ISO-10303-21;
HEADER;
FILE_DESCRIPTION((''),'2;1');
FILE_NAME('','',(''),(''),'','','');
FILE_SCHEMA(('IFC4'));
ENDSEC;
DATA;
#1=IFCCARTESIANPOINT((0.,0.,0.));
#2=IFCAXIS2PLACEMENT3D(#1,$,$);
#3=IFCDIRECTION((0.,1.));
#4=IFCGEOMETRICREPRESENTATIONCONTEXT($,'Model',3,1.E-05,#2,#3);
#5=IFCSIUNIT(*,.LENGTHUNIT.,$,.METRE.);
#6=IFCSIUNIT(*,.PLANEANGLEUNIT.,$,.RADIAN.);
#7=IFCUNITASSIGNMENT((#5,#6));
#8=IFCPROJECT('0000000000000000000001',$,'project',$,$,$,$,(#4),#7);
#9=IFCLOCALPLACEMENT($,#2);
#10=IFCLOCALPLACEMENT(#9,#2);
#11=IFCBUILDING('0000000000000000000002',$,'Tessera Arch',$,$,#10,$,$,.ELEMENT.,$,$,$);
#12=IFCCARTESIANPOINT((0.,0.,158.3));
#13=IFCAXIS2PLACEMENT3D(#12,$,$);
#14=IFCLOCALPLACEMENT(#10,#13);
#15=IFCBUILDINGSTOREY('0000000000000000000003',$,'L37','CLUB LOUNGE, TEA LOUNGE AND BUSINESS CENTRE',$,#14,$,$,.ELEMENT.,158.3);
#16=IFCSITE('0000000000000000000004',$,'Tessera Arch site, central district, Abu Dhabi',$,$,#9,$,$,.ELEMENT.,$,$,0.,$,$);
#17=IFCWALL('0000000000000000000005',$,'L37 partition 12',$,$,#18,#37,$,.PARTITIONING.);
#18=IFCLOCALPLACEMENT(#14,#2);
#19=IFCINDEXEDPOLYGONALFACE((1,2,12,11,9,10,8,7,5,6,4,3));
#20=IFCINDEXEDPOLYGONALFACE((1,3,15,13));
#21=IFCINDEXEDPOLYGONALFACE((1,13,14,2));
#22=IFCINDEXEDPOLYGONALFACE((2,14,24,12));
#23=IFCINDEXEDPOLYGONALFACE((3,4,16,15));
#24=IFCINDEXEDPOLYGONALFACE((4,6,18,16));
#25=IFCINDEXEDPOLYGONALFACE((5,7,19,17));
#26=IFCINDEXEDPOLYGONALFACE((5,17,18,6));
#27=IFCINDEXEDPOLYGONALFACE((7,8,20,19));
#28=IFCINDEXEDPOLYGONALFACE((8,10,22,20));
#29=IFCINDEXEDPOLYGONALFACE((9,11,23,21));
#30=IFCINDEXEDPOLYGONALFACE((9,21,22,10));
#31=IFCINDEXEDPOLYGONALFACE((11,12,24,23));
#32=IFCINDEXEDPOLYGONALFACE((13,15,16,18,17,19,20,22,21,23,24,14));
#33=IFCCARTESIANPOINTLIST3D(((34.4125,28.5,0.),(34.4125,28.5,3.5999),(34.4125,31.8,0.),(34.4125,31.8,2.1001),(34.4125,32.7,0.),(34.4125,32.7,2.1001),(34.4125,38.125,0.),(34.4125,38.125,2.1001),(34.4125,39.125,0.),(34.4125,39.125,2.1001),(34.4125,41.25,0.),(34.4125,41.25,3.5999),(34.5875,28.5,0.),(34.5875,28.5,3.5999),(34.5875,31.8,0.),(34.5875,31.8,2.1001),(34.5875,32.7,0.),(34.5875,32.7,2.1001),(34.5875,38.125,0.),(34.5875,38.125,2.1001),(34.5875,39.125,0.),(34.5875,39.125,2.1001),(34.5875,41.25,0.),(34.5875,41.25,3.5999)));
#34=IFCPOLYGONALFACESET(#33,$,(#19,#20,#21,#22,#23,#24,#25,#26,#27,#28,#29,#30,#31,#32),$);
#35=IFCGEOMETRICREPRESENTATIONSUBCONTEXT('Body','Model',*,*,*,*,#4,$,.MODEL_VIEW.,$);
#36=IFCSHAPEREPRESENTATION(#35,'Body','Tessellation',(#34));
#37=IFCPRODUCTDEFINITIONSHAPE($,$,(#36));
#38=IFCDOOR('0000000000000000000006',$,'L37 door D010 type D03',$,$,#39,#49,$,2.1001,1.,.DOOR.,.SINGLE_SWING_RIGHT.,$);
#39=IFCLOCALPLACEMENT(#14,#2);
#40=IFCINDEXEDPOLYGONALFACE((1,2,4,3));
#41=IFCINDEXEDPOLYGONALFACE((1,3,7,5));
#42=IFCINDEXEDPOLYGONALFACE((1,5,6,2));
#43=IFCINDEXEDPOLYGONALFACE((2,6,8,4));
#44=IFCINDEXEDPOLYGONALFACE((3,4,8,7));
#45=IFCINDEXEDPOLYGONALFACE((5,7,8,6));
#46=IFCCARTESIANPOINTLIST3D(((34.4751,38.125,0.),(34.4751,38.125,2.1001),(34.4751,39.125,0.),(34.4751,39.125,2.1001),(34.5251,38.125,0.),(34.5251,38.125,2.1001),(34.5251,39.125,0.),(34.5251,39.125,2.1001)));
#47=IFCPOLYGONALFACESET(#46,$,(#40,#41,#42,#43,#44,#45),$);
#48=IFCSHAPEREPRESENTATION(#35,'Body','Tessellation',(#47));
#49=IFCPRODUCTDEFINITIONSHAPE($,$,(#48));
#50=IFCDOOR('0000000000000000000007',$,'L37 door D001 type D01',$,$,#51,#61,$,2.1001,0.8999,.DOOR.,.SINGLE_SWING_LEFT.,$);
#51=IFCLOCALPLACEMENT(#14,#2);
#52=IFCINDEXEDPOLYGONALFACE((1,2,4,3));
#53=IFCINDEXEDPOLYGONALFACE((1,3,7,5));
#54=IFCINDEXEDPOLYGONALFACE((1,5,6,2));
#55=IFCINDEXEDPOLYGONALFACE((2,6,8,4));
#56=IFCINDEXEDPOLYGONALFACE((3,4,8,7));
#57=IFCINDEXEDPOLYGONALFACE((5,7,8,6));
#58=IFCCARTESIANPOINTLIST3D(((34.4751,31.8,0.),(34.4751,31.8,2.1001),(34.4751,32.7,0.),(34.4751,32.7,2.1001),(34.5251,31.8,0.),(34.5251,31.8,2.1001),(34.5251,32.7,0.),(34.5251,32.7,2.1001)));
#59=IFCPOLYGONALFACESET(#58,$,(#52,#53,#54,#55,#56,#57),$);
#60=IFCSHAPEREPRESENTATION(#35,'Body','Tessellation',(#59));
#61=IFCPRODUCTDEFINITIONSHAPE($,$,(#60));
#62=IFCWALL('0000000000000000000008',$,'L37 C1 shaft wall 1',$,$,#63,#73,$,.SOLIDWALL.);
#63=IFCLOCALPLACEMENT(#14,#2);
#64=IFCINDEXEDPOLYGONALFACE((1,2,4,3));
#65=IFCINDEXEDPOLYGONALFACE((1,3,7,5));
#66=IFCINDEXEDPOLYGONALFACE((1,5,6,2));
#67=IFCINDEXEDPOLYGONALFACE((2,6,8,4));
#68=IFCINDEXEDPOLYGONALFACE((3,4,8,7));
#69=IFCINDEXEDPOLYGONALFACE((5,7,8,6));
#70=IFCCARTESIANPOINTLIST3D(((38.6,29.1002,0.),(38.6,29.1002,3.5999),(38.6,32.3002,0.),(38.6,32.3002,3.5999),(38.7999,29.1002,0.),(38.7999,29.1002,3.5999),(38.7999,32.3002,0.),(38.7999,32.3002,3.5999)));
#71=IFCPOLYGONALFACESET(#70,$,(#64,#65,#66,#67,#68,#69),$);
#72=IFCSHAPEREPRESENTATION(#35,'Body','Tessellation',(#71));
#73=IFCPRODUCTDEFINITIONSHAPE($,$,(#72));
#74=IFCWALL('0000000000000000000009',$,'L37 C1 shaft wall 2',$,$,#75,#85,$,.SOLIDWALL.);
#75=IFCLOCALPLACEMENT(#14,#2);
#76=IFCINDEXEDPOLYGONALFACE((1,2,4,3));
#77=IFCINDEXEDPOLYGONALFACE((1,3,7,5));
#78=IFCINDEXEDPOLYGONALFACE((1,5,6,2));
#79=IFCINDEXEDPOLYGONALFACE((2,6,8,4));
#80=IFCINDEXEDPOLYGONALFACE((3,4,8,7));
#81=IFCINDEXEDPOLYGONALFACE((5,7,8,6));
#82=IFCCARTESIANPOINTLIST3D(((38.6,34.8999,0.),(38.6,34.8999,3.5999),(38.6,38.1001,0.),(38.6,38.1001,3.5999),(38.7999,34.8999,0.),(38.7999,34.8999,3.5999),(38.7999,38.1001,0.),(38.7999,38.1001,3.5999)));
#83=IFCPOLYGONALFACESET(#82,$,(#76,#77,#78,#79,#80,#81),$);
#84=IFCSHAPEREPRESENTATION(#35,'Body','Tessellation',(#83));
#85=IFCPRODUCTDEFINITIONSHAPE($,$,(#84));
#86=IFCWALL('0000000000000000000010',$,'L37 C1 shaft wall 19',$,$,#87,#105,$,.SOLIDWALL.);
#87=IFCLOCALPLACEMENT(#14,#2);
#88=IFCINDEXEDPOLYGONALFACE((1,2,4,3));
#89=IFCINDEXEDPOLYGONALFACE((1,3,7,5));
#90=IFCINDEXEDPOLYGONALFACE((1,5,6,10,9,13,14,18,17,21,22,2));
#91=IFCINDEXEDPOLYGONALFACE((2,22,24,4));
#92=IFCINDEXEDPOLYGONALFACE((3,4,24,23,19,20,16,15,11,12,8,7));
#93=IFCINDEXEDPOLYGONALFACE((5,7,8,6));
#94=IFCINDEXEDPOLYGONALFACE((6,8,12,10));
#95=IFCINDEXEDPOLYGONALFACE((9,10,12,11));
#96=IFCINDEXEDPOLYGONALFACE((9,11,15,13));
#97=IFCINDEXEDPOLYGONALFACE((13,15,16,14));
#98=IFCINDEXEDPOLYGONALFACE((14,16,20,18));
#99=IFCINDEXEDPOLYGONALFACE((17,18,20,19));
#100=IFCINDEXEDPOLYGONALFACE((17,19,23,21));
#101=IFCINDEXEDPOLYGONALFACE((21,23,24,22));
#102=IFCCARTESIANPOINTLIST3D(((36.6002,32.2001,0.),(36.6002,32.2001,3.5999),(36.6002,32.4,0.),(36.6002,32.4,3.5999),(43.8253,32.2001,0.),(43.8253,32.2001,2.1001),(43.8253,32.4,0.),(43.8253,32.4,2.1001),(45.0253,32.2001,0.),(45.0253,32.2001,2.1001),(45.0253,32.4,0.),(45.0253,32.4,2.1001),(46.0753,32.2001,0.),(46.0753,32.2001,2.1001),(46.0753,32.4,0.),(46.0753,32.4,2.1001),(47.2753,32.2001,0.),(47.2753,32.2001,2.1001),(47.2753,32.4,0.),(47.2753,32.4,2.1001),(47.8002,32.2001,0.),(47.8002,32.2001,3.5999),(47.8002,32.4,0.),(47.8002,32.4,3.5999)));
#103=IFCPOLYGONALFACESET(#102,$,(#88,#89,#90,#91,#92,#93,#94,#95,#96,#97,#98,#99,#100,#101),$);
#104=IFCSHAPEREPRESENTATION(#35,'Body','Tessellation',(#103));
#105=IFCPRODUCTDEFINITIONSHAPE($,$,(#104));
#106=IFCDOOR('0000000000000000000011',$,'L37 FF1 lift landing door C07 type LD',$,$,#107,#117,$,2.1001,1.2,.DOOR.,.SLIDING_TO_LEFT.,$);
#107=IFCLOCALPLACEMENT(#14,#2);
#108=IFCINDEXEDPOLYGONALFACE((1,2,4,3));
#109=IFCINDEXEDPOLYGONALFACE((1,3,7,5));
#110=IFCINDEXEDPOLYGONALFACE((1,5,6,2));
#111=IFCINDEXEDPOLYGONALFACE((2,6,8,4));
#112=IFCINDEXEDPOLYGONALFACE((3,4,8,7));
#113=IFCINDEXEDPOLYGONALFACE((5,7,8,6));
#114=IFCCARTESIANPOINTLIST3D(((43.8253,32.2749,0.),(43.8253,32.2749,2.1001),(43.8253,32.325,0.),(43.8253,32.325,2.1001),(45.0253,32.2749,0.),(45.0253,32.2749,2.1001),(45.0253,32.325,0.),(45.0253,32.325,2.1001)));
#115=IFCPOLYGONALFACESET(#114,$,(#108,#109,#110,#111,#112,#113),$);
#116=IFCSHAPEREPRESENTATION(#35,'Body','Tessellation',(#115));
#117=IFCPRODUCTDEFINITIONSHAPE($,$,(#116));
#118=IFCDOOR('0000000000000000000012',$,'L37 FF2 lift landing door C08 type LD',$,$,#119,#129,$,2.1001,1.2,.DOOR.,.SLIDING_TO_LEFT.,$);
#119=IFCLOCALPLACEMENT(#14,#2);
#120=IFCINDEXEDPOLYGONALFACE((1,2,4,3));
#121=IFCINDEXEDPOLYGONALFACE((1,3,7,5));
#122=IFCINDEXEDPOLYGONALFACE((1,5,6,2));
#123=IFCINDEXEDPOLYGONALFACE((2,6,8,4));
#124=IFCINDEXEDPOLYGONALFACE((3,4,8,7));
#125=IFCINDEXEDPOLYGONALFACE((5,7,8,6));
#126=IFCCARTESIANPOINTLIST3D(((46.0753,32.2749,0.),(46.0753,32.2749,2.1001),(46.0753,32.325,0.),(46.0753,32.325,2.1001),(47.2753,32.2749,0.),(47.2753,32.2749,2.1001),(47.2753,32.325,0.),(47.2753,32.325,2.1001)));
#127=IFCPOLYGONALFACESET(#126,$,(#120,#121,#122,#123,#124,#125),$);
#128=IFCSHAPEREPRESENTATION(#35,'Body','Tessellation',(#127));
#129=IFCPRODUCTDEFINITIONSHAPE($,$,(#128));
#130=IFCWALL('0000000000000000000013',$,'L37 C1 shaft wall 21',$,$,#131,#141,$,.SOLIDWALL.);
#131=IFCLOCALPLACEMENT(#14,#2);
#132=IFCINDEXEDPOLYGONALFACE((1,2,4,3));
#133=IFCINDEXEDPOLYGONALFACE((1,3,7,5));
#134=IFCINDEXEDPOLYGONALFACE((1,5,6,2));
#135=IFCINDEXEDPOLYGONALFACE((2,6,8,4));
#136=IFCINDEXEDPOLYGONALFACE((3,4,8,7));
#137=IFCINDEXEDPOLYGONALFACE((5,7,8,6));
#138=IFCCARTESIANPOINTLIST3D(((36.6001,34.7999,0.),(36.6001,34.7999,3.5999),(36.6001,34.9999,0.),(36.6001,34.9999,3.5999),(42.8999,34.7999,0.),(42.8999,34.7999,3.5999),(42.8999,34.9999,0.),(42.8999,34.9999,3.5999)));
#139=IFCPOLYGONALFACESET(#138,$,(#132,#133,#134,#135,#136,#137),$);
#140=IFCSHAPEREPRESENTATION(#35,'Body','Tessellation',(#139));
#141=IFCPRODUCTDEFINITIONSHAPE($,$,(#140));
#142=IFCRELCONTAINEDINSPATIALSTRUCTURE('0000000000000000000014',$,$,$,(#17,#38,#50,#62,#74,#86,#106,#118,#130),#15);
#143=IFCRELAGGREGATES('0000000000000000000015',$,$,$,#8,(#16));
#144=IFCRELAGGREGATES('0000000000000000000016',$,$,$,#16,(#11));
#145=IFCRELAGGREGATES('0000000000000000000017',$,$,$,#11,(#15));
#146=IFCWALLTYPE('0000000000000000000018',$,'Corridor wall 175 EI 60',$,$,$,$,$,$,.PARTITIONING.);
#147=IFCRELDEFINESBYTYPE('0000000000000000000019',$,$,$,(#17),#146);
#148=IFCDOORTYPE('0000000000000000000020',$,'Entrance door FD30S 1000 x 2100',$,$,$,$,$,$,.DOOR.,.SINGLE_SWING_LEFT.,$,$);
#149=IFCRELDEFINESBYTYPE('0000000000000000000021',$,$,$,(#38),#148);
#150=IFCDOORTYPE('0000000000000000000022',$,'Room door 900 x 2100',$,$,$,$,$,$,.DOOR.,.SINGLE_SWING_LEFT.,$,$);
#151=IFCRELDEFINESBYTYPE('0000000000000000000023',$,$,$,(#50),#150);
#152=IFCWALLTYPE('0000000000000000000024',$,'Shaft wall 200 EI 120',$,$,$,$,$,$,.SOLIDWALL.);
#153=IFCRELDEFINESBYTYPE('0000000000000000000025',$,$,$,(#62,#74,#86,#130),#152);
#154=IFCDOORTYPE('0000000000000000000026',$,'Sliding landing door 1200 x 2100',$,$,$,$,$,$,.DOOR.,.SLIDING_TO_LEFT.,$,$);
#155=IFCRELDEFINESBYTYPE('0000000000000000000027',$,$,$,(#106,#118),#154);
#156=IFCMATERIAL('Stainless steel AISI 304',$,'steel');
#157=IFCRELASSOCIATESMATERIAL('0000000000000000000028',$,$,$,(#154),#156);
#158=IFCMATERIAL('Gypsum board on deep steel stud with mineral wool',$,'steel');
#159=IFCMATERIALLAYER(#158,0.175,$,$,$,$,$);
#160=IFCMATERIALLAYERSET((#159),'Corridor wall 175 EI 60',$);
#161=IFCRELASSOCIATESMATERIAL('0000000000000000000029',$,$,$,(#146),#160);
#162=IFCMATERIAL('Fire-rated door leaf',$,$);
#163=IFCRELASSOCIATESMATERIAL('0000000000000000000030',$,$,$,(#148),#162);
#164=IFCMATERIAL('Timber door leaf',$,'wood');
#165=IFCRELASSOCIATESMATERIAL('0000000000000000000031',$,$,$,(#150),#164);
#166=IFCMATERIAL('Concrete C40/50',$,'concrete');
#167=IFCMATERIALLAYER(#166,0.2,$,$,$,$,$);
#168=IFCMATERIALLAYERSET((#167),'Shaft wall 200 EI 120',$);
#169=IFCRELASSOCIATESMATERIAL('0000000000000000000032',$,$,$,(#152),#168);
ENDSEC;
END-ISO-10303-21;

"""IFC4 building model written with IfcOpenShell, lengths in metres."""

from ifc_helpers import new_model, si_unit, direction, frame, frame_2d, origin, place, context, subcontext, project, spatial, rectangle, extrude, material, layer, layer_set, type_object, element, fill, save


model = new_model("IFC4")

# Units and contexts
model_context = context("Model", 3, precision=1e-05, world=origin(), true_north=direction((0.0, 1.0)))
body_context = subcontext(model_context, "Body", "Model", "MODEL_VIEW")
ifc_project = project(units=[si_unit("LENGTHUNIT", "METRE"), si_unit("PLANEANGLEUNIT", "RADIAN")], contexts=[model_context])

# Site, building, storey
site_placement = place(None, origin())
site = spatial("IfcSite", under=ifc_project, at=site_placement, Name="Tessera Arch site, central district, Abu Dhabi", CompositionType="ELEMENT", RefElevation=0.0)
building_placement = place(site_placement, origin())
building = spatial("IfcBuilding", under=site, at=building_placement, Name="Tessera Arch", CompositionType="ELEMENT")
storey_placement = place(building_placement, frame((0.0, 0.0, 158.3)))
storey = spatial("IfcBuildingStorey", under=building, at=storey_placement, Name="L37", Description="CLUB LOUNGE, TEA LOUNGE AND BUSINESS CENTRE", CompositionType="ELEMENT", Elevation=158.3)

# Wall, openings, doors
ifc_material_1 = material(Name="Stainless steel AISI 304", Category="steel")
door_type_1 = type_object("IfcDoorType", Name="Sliding landing door 1200 x 2100", OperationType="SLIDING_TO_LEFT", PredefinedType="DOOR", material=ifc_material_1)
ifc_material_2 = material(Name="Gypsum board on deep steel stud with mineral wool", Category="steel")
ifc_layer_1 = layer(ifc_material_2, 0.175)
ifc_layer_set_1 = layer_set([ifc_layer_1], Name="Corridor wall 175 EI 60")
wall_type_1 = type_object("IfcWallType", Name="Corridor wall 175 EI 60", PredefinedType="PARTITIONING", material=ifc_layer_set_1)
wall_1_placement = place(storey_placement, frame((34.5, 28.5, 0.0), z_axis=(0.0, 0.0, 1.0), x_axis=(0.0, 1.0, 0.0)))
wall_1 = element("IfcWall", 1, at=wall_1_placement, inside=storey, type_object=wall_type_1, Name="L37 partition 12", PredefinedType="PARTITIONING", context=body_context, shape_type="SweptSolid", body=[
    extrude(rectangle(XDim=12.75, YDim=0.175, at=frame_2d((6.375, 0.0))), origin(), (0.0, 0.0, 1.0), 3.5999),
])
opening_1_placement = place(wall_1_placement, frame((3.3, 0.0, 0.0)))
opening_1 = element("IfcOpeningElement", 2, at=opening_1_placement, cuts=wall_1, PredefinedType="OPENING", context=body_context, shape_type="SweptSolid", body=[
    extrude(rectangle(XDim=0.8999, YDim=2.1001, at=frame_2d((0.45, 1.05))), frame((0.0, 0.0974, 0.0), z_axis=(0.0, -1.0, 0.0), x_axis=(1.0, 0.0, 0.0)), (0.0, 0.0, 1.0), 0.1951),
])
opening_2_placement = place(wall_1_placement, frame((9.625, 0.0, 0.0)))
opening_2 = element("IfcOpeningElement", 3, at=opening_2_placement, cuts=wall_1, PredefinedType="OPENING", context=body_context, shape_type="SweptSolid", body=[
    extrude(rectangle(XDim=1.0, YDim=2.1001, at=frame_2d((0.5, 1.05))), frame((0.0, 0.0974, 0.0), z_axis=(0.0, -1.0, 0.0), x_axis=(1.0, 0.0, 0.0)), (0.0, 0.0, 1.0), 0.1951),
])
ifc_material_3 = material(Name="Fire-rated door leaf")
door_type_2 = type_object("IfcDoorType", Name="Entrance door FD30S 1000 x 2100", OperationType="SINGLE_SWING_LEFT", PredefinedType="DOOR", material=ifc_material_3)
door_1_placement = place(opening_2_placement, origin())
door_1 = element("IfcDoor", 4, at=door_1_placement, inside=storey, type_object=door_type_2, Name="L37 door D010 type D03", OperationType="SINGLE_SWING_RIGHT", OverallHeight=2.1001, OverallWidth=1.0, PredefinedType="DOOR", context=body_context, shape_type="SweptSolid", body=[
    extrude(rectangle(XDim=1.0, YDim=2.1001, at=frame_2d((0.5, 1.05))), frame((0.0, 0.0249, 0.0), z_axis=(0.0, -1.0, 0.0), x_axis=(1.0, 0.0, 0.0)), (0.0, 0.0, 1.0), 0.05),
])
fill(opening_2, door_1)
ifc_material_4 = material(Name="Timber door leaf", Category="wood")
door_type_3 = type_object("IfcDoorType", Name="Room door 900 x 2100", OperationType="SINGLE_SWING_LEFT", PredefinedType="DOOR", material=ifc_material_4)
door_2_placement = place(opening_1_placement, origin())
door_2 = element("IfcDoor", 5, at=door_2_placement, inside=storey, type_object=door_type_3, Name="L37 door D001 type D01", OperationType="SINGLE_SWING_LEFT", OverallHeight=2.1001, OverallWidth=0.8999, PredefinedType="DOOR", context=body_context, shape_type="SweptSolid", body=[
    extrude(rectangle(XDim=0.8999, YDim=2.1001, at=frame_2d((0.45, 1.05))), frame((0.0, 0.0249, 0.0), z_axis=(0.0, -1.0, 0.0), x_axis=(1.0, 0.0, 0.0)), (0.0, 0.0, 1.0), 0.05),
])
fill(opening_1, door_2)

# Walls
ifc_material_5 = material(Name="Concrete C40/50", Category="concrete")
ifc_layer_2 = layer(ifc_material_5, 0.2)
ifc_layer_set_2 = layer_set([ifc_layer_2], Name="Shaft wall 200 EI 120")
wall_type_2 = type_object("IfcWallType", Name="Shaft wall 200 EI 120", PredefinedType="SOLIDWALL", material=ifc_layer_set_2)
wall_2_placement = place(storey_placement, frame((38.7, 29.1001, 0.0), z_axis=(0.0, 0.0, 1.0), x_axis=(0.0, 1.0, 0.0)))
element("IfcWall", 6, at=wall_2_placement, inside=storey, type_object=wall_type_2, Name="L37 C1 shaft wall 1", PredefinedType="SOLIDWALL", context=body_context, shape_type="SweptSolid", body=[
    extrude(rectangle(XDim=3.2, YDim=0.2, at=frame_2d((1.6001, 0.0))), origin(), (0.0, 0.0, 1.0), 3.5999),
])
wall_3_placement = place(storey_placement, frame((38.7, 34.8999, 0.0), z_axis=(0.0, 0.0, 1.0), x_axis=(0.0, 1.0, 0.0)))
element("IfcWall", 7, at=wall_3_placement, inside=storey, type_object=wall_type_2, Name="L37 C1 shaft wall 2", PredefinedType="SOLIDWALL", context=body_context, shape_type="SweptSolid", body=[
    extrude(rectangle(XDim=3.2002, YDim=0.2, at=frame_2d((1.6001, 0.0))), origin(), (0.0, 0.0, 1.0), 3.5999),
])

# Wall, openings, doors
wall_4_placement = place(storey_placement, frame((36.6001, 32.3, 0.0), z_axis=(0.0, 0.0, 1.0), x_axis=(1.0, 0.0, 0.0)))
wall_4 = element("IfcWall", 8, at=wall_4_placement, inside=storey, type_object=wall_type_2, Name="L37 C1 shaft wall 19", PredefinedType="SOLIDWALL", context=body_context, shape_type="SweptSolid", body=[
    extrude(rectangle(XDim=11.2, YDim=0.2, at=frame_2d((5.6001, 0.0))), origin(), (0.0, 0.0, 1.0), 3.5999),
])
opening_3_placement = place(wall_4_placement, frame((7.2251, 0.0, 0.0)))
opening_3 = element("IfcOpeningElement", 9, at=opening_3_placement, cuts=wall_4, PredefinedType="OPENING", context=body_context, shape_type="SweptSolid", body=[
    extrude(rectangle(XDim=1.2, YDim=2.1001, at=frame_2d((0.6001, 1.05))), frame((0.0, 0.1099, 0.0), z_axis=(0.0, -1.0, 0.0), x_axis=(1.0, 0.0, 0.0)), (0.0, 0.0, 1.0), 0.22),
])
opening_4_placement = place(wall_4_placement, frame((9.4751, 0.0, 0.0)))
opening_4 = element("IfcOpeningElement", 10, at=opening_4_placement, cuts=wall_4, PredefinedType="OPENING", context=body_context, shape_type="SweptSolid", body=[
    extrude(rectangle(XDim=1.2, YDim=2.1001, at=frame_2d((0.6001, 1.05))), frame((0.0, 0.1099, 0.0), z_axis=(0.0, -1.0, 0.0), x_axis=(1.0, 0.0, 0.0)), (0.0, 0.0, 1.0), 0.22),
])
door_3_placement = place(opening_3_placement, origin())
door_3 = element("IfcDoor", 11, at=door_3_placement, inside=storey, type_object=door_type_1, Name="L37 FF1 lift landing door C07 type LD", OperationType="SLIDING_TO_LEFT", OverallHeight=2.1001, OverallWidth=1.2, PredefinedType="DOOR", context=body_context, shape_type="SweptSolid", body=[
    extrude(rectangle(XDim=1.2, YDim=2.1001, at=frame_2d((0.6001, 1.05))), frame((0.0, 0.0249, 0.0), z_axis=(0.0, -1.0, 0.0), x_axis=(1.0, 0.0, 0.0)), (0.0, 0.0, 1.0), 0.05),
])
fill(opening_3, door_3)
door_4_placement = place(opening_4_placement, origin())
door_4 = element("IfcDoor", 12, at=door_4_placement, inside=storey, type_object=door_type_1, Name="L37 FF2 lift landing door C08 type LD", OperationType="SLIDING_TO_LEFT", OverallHeight=2.1001, OverallWidth=1.2, PredefinedType="DOOR", context=body_context, shape_type="SweptSolid", body=[
    extrude(rectangle(XDim=1.2, YDim=2.1001, at=frame_2d((0.6001, 1.05))), frame((0.0, 0.0249, 0.0), z_axis=(0.0, -1.0, 0.0), x_axis=(1.0, 0.0, 0.0)), (0.0, 0.0, 1.0), 0.05),
])
fill(opening_4, door_4)

# Wall
wall_5_placement = place(storey_placement, frame((36.6001, 34.8999, 0.0), z_axis=(0.0, 0.0, 1.0), x_axis=(1.0, 0.0, 0.0)))
element("IfcWall", 13, at=wall_5_placement, inside=storey, type_object=wall_type_2, Name="L37 C1 shaft wall 21", PredefinedType="SOLIDWALL", context=body_context, shape_type="SweptSolid", body=[
    extrude(rectangle(XDim=6.2998, YDim=0.2, at=frame_2d((3.1499, 0.0))), origin(), (0.0, 0.0, 1.0), 3.5999),
])

save(model, "model.ifc")
